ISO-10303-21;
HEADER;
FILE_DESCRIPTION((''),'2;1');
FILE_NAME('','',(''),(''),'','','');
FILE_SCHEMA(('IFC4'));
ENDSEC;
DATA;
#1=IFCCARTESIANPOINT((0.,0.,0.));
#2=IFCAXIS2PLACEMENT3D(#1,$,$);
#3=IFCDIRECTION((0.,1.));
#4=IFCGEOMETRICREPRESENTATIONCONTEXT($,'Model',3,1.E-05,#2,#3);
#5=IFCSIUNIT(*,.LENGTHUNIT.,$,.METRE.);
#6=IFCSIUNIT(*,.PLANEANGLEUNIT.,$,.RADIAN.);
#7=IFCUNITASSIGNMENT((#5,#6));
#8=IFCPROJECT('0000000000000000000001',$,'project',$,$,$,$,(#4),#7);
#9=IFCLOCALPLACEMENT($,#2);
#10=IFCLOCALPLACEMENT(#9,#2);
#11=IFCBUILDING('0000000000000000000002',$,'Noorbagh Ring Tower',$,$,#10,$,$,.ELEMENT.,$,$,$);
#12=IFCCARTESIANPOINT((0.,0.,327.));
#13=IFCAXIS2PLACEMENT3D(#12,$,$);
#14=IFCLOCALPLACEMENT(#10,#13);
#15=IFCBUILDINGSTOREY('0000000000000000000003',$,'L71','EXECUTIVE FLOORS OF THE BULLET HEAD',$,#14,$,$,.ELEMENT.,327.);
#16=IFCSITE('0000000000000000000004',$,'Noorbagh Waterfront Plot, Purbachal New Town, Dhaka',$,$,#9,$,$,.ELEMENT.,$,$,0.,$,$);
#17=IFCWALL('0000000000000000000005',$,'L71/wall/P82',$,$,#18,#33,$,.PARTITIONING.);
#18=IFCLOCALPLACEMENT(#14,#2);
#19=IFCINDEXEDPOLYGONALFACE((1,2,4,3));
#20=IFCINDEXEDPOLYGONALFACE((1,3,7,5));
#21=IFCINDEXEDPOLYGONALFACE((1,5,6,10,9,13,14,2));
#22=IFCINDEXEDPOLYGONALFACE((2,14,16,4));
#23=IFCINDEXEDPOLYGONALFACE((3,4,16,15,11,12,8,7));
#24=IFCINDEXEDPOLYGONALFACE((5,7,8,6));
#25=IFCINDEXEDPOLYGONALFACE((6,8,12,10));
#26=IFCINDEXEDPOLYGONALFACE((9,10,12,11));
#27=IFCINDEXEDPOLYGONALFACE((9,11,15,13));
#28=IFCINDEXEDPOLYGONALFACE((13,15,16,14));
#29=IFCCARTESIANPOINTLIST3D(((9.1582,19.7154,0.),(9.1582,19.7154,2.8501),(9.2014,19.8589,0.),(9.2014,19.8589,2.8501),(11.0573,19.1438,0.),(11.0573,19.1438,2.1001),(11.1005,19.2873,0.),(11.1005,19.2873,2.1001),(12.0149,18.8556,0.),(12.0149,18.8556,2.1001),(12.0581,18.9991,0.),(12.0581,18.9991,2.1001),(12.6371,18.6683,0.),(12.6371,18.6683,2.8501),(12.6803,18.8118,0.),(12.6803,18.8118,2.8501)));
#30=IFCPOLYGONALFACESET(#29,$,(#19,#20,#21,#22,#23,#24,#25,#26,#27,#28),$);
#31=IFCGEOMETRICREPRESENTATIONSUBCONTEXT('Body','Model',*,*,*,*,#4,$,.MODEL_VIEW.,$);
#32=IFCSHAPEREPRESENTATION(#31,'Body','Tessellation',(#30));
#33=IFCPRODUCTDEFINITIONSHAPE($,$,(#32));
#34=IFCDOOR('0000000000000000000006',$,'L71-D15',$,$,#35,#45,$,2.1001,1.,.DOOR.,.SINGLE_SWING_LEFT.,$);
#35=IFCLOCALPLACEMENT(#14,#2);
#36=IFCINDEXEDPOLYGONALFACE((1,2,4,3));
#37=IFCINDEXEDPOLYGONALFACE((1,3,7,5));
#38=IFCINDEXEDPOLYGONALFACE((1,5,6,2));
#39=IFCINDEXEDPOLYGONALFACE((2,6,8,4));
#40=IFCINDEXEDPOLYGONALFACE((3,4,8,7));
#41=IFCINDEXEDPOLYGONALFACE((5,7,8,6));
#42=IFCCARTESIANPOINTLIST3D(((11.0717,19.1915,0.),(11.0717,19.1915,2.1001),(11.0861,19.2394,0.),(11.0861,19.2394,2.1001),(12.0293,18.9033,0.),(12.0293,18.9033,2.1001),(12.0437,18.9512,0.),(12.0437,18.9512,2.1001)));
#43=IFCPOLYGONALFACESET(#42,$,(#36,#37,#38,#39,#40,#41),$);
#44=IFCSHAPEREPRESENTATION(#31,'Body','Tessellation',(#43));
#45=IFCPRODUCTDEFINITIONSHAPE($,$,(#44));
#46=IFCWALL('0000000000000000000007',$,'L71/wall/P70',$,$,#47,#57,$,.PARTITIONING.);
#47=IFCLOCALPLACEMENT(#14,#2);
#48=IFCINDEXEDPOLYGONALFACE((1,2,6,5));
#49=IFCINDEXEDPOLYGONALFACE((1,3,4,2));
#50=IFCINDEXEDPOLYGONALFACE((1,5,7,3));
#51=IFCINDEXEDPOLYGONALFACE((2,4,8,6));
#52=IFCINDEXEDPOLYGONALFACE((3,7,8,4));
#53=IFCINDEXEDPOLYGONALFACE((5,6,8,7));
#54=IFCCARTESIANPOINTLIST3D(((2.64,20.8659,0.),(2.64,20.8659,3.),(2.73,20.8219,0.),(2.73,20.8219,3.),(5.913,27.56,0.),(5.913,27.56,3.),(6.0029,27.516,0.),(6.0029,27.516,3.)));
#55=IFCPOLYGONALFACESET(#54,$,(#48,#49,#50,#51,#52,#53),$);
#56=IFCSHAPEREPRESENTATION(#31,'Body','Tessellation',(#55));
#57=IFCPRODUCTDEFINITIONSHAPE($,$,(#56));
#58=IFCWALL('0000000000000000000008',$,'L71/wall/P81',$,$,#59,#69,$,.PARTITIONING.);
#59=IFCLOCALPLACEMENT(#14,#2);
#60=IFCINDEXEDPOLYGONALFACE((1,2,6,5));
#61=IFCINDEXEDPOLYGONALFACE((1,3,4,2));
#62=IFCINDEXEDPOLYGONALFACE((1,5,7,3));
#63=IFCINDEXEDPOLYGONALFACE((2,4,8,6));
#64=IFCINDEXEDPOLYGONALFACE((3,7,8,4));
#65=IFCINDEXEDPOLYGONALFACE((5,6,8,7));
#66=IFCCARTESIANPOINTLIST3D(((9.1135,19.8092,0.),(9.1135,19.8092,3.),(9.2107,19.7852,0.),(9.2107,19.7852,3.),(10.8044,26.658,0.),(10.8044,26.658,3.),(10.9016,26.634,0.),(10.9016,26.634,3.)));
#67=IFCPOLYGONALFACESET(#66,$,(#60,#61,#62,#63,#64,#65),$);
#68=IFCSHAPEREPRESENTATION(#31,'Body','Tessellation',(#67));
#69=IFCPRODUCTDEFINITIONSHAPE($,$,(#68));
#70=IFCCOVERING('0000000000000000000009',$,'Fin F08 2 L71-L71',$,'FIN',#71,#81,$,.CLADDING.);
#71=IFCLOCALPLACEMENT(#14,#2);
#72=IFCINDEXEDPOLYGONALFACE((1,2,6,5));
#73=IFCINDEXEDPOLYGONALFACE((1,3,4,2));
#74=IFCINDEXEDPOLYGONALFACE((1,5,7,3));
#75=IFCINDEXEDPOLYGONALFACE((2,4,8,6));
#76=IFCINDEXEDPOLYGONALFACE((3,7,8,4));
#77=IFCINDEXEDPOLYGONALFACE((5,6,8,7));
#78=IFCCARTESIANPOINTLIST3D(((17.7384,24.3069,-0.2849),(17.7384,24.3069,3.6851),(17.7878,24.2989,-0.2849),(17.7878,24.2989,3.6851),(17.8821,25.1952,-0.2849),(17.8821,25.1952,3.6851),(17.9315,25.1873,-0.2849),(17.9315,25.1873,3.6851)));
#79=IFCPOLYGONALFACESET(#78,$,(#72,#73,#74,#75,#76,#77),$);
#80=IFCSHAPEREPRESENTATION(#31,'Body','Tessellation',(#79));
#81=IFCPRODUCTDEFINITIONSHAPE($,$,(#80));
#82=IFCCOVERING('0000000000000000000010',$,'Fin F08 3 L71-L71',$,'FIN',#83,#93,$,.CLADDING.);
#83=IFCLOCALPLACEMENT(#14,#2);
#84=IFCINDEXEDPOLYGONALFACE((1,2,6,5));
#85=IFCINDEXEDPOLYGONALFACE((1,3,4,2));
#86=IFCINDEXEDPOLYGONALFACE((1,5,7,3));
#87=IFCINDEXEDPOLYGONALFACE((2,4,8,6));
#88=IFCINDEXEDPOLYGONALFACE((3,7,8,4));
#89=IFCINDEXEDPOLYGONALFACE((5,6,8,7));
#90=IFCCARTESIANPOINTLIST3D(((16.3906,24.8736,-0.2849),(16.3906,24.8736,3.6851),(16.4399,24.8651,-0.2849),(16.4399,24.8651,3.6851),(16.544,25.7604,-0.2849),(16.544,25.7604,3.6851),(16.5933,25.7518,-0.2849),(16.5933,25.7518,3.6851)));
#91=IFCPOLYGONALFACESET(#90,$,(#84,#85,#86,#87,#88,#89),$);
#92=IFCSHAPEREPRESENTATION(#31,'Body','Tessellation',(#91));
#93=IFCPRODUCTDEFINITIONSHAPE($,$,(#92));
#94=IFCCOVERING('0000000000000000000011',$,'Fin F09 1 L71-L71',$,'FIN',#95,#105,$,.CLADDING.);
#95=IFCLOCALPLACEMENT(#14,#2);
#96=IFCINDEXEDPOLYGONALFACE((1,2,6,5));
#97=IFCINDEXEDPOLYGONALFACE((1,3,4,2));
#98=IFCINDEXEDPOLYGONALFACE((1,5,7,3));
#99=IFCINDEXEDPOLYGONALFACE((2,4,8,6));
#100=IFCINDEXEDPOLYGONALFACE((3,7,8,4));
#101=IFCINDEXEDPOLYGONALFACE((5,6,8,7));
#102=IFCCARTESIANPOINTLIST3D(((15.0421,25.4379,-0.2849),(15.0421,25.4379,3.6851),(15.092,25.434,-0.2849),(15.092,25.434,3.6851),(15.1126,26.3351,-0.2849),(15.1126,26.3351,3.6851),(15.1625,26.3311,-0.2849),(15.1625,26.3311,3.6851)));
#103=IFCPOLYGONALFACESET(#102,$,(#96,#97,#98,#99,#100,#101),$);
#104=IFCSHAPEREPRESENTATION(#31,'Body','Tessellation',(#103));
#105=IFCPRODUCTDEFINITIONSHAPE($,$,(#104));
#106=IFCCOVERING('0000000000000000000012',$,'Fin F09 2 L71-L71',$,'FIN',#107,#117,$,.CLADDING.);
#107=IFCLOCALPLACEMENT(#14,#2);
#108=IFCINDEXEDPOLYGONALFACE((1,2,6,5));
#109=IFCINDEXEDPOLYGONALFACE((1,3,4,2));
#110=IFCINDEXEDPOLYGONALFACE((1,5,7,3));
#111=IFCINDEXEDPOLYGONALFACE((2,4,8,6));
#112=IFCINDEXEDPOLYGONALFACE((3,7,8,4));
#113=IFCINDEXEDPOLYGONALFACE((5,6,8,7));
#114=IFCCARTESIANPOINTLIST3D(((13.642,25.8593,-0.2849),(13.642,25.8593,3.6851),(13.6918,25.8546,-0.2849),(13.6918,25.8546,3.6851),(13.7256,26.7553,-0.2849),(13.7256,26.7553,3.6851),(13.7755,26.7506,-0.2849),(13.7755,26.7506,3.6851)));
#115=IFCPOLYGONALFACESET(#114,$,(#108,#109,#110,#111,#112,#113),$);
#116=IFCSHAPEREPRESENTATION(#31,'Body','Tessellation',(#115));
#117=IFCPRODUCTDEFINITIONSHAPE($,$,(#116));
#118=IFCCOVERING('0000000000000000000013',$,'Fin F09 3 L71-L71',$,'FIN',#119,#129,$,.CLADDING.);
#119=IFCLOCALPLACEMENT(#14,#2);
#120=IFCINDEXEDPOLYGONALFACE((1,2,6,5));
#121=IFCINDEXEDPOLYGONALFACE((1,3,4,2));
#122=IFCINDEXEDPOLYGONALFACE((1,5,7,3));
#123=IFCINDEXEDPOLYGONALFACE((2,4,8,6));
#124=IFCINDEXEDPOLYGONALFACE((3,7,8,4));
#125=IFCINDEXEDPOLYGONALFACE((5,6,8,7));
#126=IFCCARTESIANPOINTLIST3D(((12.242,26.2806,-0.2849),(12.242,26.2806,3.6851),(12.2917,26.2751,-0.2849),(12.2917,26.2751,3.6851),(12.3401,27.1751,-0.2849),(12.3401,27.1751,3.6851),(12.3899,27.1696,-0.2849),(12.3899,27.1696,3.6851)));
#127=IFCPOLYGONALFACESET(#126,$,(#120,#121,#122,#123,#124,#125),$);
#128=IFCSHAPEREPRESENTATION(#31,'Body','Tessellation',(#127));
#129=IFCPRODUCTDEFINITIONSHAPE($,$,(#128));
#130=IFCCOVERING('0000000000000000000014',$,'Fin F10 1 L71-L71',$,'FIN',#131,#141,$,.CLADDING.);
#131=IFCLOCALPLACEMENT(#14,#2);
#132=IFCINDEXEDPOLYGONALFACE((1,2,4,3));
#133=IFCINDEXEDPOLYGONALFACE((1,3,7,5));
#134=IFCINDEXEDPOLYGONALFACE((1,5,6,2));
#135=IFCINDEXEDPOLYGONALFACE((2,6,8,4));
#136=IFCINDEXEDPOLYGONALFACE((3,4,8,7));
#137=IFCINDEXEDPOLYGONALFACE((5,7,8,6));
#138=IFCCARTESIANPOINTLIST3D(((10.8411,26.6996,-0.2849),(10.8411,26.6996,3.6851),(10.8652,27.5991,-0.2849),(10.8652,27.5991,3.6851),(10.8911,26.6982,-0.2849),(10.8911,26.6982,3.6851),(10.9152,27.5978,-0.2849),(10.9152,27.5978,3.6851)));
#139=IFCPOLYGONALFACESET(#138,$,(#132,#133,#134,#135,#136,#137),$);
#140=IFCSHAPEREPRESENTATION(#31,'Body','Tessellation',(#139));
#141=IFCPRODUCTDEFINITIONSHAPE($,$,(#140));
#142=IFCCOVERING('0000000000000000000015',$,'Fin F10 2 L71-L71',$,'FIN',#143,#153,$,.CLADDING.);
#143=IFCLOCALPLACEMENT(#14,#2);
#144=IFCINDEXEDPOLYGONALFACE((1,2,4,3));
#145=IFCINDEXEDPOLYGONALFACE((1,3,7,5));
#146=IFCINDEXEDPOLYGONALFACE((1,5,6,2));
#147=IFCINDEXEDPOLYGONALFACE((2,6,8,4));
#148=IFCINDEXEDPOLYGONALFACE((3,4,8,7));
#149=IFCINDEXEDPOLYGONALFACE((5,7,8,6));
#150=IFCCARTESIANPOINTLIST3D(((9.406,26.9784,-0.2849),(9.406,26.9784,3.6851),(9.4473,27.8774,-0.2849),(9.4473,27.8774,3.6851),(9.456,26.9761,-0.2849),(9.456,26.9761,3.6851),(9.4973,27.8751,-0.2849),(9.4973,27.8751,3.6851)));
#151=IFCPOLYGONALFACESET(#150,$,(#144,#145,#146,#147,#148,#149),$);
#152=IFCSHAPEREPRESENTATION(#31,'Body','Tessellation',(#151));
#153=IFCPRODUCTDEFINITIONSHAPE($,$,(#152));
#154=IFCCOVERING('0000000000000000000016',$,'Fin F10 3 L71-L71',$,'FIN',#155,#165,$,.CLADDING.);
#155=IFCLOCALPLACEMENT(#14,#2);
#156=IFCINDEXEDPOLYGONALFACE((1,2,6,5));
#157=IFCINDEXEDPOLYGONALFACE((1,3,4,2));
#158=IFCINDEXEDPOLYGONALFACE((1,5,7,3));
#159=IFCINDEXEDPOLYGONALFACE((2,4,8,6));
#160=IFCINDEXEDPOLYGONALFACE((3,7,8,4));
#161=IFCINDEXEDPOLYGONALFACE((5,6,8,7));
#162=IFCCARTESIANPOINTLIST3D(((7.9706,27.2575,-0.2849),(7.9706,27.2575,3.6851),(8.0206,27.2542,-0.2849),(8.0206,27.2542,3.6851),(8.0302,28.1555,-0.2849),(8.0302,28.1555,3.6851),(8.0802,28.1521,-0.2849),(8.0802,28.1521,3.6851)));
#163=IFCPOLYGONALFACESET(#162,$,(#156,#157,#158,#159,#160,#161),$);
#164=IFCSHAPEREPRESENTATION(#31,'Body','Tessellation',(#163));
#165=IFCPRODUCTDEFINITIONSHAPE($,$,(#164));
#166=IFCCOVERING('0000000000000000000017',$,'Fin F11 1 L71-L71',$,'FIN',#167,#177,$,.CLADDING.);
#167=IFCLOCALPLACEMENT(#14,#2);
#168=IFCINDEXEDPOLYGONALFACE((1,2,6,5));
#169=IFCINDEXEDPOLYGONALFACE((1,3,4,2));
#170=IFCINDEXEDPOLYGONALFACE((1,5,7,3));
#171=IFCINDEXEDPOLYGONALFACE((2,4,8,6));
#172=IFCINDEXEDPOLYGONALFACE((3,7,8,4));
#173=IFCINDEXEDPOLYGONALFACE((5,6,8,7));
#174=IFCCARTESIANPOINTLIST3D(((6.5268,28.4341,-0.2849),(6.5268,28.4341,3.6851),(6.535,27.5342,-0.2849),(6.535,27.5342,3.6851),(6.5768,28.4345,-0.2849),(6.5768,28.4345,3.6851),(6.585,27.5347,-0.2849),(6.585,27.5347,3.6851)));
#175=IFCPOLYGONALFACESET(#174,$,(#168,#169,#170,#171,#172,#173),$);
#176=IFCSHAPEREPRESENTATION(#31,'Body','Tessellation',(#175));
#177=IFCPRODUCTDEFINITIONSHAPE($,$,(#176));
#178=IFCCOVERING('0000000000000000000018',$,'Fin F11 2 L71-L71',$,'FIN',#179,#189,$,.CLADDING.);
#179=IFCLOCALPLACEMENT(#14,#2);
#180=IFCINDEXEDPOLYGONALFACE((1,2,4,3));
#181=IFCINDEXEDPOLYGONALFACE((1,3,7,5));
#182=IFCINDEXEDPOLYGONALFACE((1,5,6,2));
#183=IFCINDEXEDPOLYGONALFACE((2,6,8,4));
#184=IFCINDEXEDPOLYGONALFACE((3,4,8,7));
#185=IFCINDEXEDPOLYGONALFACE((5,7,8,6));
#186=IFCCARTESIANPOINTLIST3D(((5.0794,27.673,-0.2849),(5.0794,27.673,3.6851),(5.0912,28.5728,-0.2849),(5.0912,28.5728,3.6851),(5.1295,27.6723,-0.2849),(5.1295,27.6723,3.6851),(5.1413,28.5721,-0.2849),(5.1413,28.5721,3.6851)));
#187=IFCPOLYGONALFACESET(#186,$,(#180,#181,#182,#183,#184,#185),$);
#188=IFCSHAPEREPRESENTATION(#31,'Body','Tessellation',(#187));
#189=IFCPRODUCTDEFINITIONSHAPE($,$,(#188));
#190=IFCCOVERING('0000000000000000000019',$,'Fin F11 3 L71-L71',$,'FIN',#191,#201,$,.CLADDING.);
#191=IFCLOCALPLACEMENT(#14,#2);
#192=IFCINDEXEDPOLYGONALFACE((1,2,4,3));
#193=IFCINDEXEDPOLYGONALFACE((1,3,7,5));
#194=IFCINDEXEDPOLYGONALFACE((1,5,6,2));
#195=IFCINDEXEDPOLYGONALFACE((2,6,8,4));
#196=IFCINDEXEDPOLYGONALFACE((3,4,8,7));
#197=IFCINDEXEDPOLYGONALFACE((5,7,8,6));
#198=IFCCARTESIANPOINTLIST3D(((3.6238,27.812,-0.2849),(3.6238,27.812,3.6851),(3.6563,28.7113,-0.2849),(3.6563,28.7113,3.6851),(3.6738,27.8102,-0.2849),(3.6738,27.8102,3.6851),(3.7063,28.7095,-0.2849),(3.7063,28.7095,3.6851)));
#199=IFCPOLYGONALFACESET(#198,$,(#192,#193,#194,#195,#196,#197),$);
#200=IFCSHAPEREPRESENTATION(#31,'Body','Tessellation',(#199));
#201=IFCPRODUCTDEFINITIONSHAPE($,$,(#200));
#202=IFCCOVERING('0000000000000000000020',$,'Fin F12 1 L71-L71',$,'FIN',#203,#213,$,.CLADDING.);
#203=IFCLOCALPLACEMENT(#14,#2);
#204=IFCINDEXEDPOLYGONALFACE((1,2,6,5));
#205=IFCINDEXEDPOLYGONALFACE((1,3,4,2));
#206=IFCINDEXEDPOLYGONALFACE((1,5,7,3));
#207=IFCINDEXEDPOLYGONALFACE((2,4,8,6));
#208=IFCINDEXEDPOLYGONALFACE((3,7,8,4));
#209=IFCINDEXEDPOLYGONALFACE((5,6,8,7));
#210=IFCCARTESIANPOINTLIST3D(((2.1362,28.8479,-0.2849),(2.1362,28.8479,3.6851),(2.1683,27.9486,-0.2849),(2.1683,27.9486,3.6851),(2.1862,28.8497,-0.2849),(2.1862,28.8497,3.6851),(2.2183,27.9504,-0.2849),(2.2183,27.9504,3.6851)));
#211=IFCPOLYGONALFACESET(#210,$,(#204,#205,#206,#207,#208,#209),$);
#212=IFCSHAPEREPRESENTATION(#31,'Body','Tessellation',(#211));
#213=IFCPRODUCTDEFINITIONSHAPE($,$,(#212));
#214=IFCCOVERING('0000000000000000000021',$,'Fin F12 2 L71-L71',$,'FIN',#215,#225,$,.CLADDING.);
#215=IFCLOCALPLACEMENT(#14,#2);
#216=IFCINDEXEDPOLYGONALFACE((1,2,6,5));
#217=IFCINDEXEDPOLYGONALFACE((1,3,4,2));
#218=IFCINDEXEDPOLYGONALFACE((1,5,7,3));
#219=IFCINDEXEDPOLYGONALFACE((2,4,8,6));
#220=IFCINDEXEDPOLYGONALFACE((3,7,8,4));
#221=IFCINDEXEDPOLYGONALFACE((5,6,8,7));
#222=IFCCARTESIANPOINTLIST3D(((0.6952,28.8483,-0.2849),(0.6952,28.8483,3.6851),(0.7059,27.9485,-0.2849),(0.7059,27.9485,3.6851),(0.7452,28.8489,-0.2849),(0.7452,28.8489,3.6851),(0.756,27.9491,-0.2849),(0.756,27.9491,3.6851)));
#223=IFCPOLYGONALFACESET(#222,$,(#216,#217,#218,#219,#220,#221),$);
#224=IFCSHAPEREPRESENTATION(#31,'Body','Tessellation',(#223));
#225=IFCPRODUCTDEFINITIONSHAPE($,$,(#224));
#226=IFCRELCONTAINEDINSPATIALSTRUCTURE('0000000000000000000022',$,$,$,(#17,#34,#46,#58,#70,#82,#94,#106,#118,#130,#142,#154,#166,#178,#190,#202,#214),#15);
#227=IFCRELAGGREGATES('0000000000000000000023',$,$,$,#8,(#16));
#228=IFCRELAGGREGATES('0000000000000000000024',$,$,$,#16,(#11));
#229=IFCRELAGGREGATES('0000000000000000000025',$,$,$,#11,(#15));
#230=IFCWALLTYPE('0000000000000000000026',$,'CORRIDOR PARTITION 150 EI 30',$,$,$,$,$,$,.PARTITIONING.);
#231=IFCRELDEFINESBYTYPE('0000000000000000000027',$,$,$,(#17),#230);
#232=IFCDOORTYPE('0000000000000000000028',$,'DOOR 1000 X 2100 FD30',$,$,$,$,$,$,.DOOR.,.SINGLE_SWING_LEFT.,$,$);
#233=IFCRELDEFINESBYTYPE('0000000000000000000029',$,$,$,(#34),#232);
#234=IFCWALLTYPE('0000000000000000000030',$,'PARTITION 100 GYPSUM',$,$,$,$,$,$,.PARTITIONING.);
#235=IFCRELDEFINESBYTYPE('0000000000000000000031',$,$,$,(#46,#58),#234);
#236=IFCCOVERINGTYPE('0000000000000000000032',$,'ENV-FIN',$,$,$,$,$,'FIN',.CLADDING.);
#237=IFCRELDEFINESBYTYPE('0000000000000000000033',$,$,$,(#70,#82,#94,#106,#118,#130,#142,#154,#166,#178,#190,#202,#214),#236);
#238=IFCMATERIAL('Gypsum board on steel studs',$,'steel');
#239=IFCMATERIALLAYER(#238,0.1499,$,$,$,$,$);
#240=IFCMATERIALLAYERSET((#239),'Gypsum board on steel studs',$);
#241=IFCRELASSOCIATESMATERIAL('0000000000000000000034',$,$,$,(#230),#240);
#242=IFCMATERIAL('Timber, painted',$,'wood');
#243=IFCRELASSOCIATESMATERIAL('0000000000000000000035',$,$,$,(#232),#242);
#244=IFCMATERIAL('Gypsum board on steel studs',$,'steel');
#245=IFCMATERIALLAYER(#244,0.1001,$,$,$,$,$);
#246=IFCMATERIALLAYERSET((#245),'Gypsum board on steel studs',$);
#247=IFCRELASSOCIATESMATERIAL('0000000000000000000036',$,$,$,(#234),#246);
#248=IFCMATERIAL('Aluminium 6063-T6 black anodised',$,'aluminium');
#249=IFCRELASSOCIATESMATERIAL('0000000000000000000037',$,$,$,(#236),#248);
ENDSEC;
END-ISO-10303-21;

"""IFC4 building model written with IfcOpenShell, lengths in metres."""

from ifc_helpers import new_model, si_unit, direction, frame, frame_2d, origin, origin_2d, place, context, subcontext, project, spatial, rectangle, extrude, material, layer, layer_set, material_profile, profile_set, type_object, element, fill, save


model = new_model("IFC4")

# Units and contexts
model_context = context("Model", 3, precision=1e-05, world=origin(), true_north=direction((0.0, 1.0)))
body_context = subcontext(model_context, "Body", "Model", "MODEL_VIEW")
ifc_project = project(units=[si_unit("LENGTHUNIT", "METRE"), si_unit("PLANEANGLEUNIT", "RADIAN")], contexts=[model_context])

# Site, building, storey
site_placement = place(None, origin())
site = spatial("IfcSite", under=ifc_project, at=site_placement, Name="Noorbagh Waterfront Plot, Purbachal New Town, Dhaka", CompositionType="ELEMENT", RefElevation=0.0)
building_placement = place(site_placement, origin())
building = spatial("IfcBuilding", under=site, at=building_placement, Name="Noorbagh Ring Tower", CompositionType="ELEMENT")
storey_placement = place(building_placement, frame((0.0, 0.0, 327.0)))
storey = spatial("IfcBuildingStorey", under=building, at=storey_placement, Name="L71", Description="EXECUTIVE FLOORS OF THE BULLET HEAD", CompositionType="ELEMENT", Elevation=327.0)

# Shared definitions
ifc_material_1 = material(Name="Gypsum board on steel studs", Category="steel")
ifc_layer_1 = layer(ifc_material_1, 0.1499)
ifc_layer_set_1 = layer_set([ifc_layer_1], Name="Gypsum board on steel studs")
wall_type_1 = type_object("IfcWallType", Name="CORRIDOR PARTITION 150 EI 30", PredefinedType="PARTITIONING", material=ifc_layer_set_1)

# Wall, opening, door
ifc_material_2 = material(Name="Timber, painted", Category="wood")
door_type = type_object("IfcDoorType", Name="DOOR 1000 X 2100 FD30", OperationType="SINGLE_SWING_LEFT", PredefinedType="DOOR", material=ifc_material_2)
wall_1_placement = place(storey_placement, frame((9.1799, 19.7871, 0.0), z_axis=(0.0, 0.0, 1.0), x_axis=(0.957567, -0.288211, 0.0)))
wall_1 = element("IfcWall", 1, at=wall_1_placement, inside=storey, type_object=wall_type_1, Name="L71/wall/P82", PredefinedType="PARTITIONING", context=body_context, shape_type="SweptSolid", body=[
    extrude(rectangle(XDim=3.6331, YDim=0.1499, at=frame_2d((1.8164, 0.0))), origin(), (0.0, 0.0, 1.0), 2.8501),
])
opening_1_placement = place(wall_1_placement, frame((1.9832, 0.0, 0.0)))
opening_1 = element("IfcOpeningElement", 2, at=opening_1_placement, cuts=wall_1, PredefinedType="OPENING", context=body_context, shape_type="SweptSolid", body=[
    extrude(rectangle(XDim=1.0, YDim=2.1001, at=frame_2d((0.5, 1.05))), frame((0.0, 0.085, 0.0), z_axis=(0.0, -1.0, 0.0), x_axis=(1.0, 0.0, 0.0)), (0.0, 0.0, 1.0), 0.1699),
])
door_1_placement = place(opening_1_placement, origin())
door_1 = element("IfcDoor", 3, at=door_1_placement, inside=storey, type_object=door_type, Name="L71-D15", OperationType="SINGLE_SWING_LEFT", OverallHeight=2.1001, OverallWidth=1.0, PredefinedType="DOOR", context=body_context, shape_type="SweptSolid", body=[
    extrude(rectangle(XDim=1.0, YDim=2.1001, at=frame_2d((0.5, 1.05))), frame((0.0, 0.0249, 0.0), z_axis=(0.0, -1.0, 0.0), x_axis=(1.0, 0.0, 0.0)), (0.0, 0.0, 1.0), 0.05),
])
fill(opening_1, door_1)

# Walls
ifc_material_3 = material(Name="Gypsum board on steel studs", Category="steel")
ifc_layer_2 = layer(ifc_material_3, 0.1001)
ifc_layer_set_2 = layer_set([ifc_layer_2], Name="Gypsum board on steel studs")
wall_type_2 = type_object("IfcWallType", Name="PARTITION 100 GYPSUM", PredefinedType="PARTITIONING", material=ifc_layer_set_2)
wall_2_placement = place(storey_placement, frame((2.6851, 20.844, 0.0), z_axis=(0.0, 0.0, 1.0), x_axis=(0.439241, 0.898369, 0.0)))
element("IfcWall", 4, at=wall_2_placement, inside=storey, type_object=wall_type_2, Name="L71/wall/P70", PredefinedType="PARTITIONING", context=body_context, shape_type="SweptSolid", body=[
    extrude(rectangle(XDim=7.4514, YDim=0.1001, at=frame_2d((3.7256, 0.0))), origin(), (0.0, 0.0, 1.0), 3.0),
])
wall_3_placement = place(storey_placement, frame((9.1621, 19.7971, 0.0), z_axis=(0.0, 0.0, 1.0), x_axis=(0.239693, 0.970849, 0.0)))
element("IfcWall", 5, at=wall_3_placement, inside=storey, type_object=wall_type_2, Name="L71/wall/P81", PredefinedType="PARTITIONING", context=body_context, shape_type="SweptSolid", body=[
    extrude(rectangle(XDim=7.0544, YDim=0.1001, at=frame_2d((3.5273, 0.0))), origin(), (0.0, 0.0, 1.0), 3.0),
])

# Coverings
ifc_material_4 = material(Name="Aluminium 6063-T6 black anodised", Category="aluminium")
ifc_material_profile_1 = material_profile(ifc_material_4, rectangle(XDim=0.8999, YDim=0.05, at=origin_2d()), Name="900x50")
ifc_profile_set_1 = profile_set([ifc_material_profile_1], Name="Aluminium 6063-T6 black anodised")
covering_type = type_object("IfcCoveringType", Name="ENV-FIN", ElementType="FIN", PredefinedType="CLADDING", material=ifc_profile_set_1)
for number, where, z_axis, x_axis, name in (
    (6, (17.835, 24.7471, -0.2849), (0.0, 0.0, 1.0), (0.159693, 0.987167, 0.0), "Fin F08 2 L71-L71"),
    (7, (16.4919, 25.3127, -0.2849), (0.0, 0.0, 1.0), (0.170506, 0.985357, 0.0), "Fin F08 3 L71-L71"),
    (8, (15.1023, 25.8845, -0.2849), (0.0, 0.0, 1.0), (0.078357, 0.996925, 0.0), "Fin F09 1 L71-L71"),
    (9, (13.7087, 26.3049, -0.2849), (0.0, 0.0, 1.0), (0.092918, 0.995674, 0.0), "Fin F09 2 L71-L71"),
    (10, (12.3159, 26.7251, -0.2849), (0.0, 0.0, 1.0), (0.109101, 0.994031, 0.0), "Fin F09 3 L71-L71"),
    (11, (10.8782, 27.1487, -0.2849), (0.0, 0.0, 1.0), (0.026776, 0.999641, 0.0), "Fin F10 1 L71-L71"),
    (12, (9.4517, 27.4268, -0.2849), (0.0, 0.0, 1.0), (0.045915, 0.998945, 0.0), "Fin F10 2 L71-L71"),
    (13, (8.0254, 27.7048, -0.2849), (0.0, 0.0, 1.0), (0.066245, 0.997803, 0.0), "Fin F10 3 L71-L71"),
    (14, (6.5559, 27.9844, -0.2849), (0.0, 0.0, 1.0), (-0.009149, 0.999958, 0.0), "Fin F11 1 L71-L71"),
    (15, (5.1104, 28.1226, -0.2849), (0.0, 0.0, 1.0), (0.013118, 0.999914, 0.0), "Fin F11 2 L71-L71"),
    (16, (3.665, 28.2607, -0.2849), (0.0, 0.0, 1.0), (0.036058, 0.99935, 0.0), "Fin F11 3 L71-L71"),
    (17, (2.1772, 28.3992, -0.2849), (0.0, 0.0, 1.0), (-0.035641, 0.999365, 0.0), "Fin F12 1 L71-L71"),
    (18, (0.7256, 28.3987, -0.2849), (0.0, 0.0, 1.0), (-0.011915, 0.999929, 0.0), "Fin F12 2 L71-L71"),
):
    element("IfcCovering", number, at=place(storey_placement, frame(where, z_axis=z_axis, x_axis=x_axis)), inside=storey, type_object=covering_type, Name=name, ObjectType="FIN", PredefinedType="CLADDING", context=body_context, shape_type="SweptSolid", body=[
        extrude(rectangle(XDim=0.8999, YDim=0.05, at=origin_2d()), origin(), (0.0, 0.0, 1.0), 3.97),
    ])

save(model, "model.ifc")
